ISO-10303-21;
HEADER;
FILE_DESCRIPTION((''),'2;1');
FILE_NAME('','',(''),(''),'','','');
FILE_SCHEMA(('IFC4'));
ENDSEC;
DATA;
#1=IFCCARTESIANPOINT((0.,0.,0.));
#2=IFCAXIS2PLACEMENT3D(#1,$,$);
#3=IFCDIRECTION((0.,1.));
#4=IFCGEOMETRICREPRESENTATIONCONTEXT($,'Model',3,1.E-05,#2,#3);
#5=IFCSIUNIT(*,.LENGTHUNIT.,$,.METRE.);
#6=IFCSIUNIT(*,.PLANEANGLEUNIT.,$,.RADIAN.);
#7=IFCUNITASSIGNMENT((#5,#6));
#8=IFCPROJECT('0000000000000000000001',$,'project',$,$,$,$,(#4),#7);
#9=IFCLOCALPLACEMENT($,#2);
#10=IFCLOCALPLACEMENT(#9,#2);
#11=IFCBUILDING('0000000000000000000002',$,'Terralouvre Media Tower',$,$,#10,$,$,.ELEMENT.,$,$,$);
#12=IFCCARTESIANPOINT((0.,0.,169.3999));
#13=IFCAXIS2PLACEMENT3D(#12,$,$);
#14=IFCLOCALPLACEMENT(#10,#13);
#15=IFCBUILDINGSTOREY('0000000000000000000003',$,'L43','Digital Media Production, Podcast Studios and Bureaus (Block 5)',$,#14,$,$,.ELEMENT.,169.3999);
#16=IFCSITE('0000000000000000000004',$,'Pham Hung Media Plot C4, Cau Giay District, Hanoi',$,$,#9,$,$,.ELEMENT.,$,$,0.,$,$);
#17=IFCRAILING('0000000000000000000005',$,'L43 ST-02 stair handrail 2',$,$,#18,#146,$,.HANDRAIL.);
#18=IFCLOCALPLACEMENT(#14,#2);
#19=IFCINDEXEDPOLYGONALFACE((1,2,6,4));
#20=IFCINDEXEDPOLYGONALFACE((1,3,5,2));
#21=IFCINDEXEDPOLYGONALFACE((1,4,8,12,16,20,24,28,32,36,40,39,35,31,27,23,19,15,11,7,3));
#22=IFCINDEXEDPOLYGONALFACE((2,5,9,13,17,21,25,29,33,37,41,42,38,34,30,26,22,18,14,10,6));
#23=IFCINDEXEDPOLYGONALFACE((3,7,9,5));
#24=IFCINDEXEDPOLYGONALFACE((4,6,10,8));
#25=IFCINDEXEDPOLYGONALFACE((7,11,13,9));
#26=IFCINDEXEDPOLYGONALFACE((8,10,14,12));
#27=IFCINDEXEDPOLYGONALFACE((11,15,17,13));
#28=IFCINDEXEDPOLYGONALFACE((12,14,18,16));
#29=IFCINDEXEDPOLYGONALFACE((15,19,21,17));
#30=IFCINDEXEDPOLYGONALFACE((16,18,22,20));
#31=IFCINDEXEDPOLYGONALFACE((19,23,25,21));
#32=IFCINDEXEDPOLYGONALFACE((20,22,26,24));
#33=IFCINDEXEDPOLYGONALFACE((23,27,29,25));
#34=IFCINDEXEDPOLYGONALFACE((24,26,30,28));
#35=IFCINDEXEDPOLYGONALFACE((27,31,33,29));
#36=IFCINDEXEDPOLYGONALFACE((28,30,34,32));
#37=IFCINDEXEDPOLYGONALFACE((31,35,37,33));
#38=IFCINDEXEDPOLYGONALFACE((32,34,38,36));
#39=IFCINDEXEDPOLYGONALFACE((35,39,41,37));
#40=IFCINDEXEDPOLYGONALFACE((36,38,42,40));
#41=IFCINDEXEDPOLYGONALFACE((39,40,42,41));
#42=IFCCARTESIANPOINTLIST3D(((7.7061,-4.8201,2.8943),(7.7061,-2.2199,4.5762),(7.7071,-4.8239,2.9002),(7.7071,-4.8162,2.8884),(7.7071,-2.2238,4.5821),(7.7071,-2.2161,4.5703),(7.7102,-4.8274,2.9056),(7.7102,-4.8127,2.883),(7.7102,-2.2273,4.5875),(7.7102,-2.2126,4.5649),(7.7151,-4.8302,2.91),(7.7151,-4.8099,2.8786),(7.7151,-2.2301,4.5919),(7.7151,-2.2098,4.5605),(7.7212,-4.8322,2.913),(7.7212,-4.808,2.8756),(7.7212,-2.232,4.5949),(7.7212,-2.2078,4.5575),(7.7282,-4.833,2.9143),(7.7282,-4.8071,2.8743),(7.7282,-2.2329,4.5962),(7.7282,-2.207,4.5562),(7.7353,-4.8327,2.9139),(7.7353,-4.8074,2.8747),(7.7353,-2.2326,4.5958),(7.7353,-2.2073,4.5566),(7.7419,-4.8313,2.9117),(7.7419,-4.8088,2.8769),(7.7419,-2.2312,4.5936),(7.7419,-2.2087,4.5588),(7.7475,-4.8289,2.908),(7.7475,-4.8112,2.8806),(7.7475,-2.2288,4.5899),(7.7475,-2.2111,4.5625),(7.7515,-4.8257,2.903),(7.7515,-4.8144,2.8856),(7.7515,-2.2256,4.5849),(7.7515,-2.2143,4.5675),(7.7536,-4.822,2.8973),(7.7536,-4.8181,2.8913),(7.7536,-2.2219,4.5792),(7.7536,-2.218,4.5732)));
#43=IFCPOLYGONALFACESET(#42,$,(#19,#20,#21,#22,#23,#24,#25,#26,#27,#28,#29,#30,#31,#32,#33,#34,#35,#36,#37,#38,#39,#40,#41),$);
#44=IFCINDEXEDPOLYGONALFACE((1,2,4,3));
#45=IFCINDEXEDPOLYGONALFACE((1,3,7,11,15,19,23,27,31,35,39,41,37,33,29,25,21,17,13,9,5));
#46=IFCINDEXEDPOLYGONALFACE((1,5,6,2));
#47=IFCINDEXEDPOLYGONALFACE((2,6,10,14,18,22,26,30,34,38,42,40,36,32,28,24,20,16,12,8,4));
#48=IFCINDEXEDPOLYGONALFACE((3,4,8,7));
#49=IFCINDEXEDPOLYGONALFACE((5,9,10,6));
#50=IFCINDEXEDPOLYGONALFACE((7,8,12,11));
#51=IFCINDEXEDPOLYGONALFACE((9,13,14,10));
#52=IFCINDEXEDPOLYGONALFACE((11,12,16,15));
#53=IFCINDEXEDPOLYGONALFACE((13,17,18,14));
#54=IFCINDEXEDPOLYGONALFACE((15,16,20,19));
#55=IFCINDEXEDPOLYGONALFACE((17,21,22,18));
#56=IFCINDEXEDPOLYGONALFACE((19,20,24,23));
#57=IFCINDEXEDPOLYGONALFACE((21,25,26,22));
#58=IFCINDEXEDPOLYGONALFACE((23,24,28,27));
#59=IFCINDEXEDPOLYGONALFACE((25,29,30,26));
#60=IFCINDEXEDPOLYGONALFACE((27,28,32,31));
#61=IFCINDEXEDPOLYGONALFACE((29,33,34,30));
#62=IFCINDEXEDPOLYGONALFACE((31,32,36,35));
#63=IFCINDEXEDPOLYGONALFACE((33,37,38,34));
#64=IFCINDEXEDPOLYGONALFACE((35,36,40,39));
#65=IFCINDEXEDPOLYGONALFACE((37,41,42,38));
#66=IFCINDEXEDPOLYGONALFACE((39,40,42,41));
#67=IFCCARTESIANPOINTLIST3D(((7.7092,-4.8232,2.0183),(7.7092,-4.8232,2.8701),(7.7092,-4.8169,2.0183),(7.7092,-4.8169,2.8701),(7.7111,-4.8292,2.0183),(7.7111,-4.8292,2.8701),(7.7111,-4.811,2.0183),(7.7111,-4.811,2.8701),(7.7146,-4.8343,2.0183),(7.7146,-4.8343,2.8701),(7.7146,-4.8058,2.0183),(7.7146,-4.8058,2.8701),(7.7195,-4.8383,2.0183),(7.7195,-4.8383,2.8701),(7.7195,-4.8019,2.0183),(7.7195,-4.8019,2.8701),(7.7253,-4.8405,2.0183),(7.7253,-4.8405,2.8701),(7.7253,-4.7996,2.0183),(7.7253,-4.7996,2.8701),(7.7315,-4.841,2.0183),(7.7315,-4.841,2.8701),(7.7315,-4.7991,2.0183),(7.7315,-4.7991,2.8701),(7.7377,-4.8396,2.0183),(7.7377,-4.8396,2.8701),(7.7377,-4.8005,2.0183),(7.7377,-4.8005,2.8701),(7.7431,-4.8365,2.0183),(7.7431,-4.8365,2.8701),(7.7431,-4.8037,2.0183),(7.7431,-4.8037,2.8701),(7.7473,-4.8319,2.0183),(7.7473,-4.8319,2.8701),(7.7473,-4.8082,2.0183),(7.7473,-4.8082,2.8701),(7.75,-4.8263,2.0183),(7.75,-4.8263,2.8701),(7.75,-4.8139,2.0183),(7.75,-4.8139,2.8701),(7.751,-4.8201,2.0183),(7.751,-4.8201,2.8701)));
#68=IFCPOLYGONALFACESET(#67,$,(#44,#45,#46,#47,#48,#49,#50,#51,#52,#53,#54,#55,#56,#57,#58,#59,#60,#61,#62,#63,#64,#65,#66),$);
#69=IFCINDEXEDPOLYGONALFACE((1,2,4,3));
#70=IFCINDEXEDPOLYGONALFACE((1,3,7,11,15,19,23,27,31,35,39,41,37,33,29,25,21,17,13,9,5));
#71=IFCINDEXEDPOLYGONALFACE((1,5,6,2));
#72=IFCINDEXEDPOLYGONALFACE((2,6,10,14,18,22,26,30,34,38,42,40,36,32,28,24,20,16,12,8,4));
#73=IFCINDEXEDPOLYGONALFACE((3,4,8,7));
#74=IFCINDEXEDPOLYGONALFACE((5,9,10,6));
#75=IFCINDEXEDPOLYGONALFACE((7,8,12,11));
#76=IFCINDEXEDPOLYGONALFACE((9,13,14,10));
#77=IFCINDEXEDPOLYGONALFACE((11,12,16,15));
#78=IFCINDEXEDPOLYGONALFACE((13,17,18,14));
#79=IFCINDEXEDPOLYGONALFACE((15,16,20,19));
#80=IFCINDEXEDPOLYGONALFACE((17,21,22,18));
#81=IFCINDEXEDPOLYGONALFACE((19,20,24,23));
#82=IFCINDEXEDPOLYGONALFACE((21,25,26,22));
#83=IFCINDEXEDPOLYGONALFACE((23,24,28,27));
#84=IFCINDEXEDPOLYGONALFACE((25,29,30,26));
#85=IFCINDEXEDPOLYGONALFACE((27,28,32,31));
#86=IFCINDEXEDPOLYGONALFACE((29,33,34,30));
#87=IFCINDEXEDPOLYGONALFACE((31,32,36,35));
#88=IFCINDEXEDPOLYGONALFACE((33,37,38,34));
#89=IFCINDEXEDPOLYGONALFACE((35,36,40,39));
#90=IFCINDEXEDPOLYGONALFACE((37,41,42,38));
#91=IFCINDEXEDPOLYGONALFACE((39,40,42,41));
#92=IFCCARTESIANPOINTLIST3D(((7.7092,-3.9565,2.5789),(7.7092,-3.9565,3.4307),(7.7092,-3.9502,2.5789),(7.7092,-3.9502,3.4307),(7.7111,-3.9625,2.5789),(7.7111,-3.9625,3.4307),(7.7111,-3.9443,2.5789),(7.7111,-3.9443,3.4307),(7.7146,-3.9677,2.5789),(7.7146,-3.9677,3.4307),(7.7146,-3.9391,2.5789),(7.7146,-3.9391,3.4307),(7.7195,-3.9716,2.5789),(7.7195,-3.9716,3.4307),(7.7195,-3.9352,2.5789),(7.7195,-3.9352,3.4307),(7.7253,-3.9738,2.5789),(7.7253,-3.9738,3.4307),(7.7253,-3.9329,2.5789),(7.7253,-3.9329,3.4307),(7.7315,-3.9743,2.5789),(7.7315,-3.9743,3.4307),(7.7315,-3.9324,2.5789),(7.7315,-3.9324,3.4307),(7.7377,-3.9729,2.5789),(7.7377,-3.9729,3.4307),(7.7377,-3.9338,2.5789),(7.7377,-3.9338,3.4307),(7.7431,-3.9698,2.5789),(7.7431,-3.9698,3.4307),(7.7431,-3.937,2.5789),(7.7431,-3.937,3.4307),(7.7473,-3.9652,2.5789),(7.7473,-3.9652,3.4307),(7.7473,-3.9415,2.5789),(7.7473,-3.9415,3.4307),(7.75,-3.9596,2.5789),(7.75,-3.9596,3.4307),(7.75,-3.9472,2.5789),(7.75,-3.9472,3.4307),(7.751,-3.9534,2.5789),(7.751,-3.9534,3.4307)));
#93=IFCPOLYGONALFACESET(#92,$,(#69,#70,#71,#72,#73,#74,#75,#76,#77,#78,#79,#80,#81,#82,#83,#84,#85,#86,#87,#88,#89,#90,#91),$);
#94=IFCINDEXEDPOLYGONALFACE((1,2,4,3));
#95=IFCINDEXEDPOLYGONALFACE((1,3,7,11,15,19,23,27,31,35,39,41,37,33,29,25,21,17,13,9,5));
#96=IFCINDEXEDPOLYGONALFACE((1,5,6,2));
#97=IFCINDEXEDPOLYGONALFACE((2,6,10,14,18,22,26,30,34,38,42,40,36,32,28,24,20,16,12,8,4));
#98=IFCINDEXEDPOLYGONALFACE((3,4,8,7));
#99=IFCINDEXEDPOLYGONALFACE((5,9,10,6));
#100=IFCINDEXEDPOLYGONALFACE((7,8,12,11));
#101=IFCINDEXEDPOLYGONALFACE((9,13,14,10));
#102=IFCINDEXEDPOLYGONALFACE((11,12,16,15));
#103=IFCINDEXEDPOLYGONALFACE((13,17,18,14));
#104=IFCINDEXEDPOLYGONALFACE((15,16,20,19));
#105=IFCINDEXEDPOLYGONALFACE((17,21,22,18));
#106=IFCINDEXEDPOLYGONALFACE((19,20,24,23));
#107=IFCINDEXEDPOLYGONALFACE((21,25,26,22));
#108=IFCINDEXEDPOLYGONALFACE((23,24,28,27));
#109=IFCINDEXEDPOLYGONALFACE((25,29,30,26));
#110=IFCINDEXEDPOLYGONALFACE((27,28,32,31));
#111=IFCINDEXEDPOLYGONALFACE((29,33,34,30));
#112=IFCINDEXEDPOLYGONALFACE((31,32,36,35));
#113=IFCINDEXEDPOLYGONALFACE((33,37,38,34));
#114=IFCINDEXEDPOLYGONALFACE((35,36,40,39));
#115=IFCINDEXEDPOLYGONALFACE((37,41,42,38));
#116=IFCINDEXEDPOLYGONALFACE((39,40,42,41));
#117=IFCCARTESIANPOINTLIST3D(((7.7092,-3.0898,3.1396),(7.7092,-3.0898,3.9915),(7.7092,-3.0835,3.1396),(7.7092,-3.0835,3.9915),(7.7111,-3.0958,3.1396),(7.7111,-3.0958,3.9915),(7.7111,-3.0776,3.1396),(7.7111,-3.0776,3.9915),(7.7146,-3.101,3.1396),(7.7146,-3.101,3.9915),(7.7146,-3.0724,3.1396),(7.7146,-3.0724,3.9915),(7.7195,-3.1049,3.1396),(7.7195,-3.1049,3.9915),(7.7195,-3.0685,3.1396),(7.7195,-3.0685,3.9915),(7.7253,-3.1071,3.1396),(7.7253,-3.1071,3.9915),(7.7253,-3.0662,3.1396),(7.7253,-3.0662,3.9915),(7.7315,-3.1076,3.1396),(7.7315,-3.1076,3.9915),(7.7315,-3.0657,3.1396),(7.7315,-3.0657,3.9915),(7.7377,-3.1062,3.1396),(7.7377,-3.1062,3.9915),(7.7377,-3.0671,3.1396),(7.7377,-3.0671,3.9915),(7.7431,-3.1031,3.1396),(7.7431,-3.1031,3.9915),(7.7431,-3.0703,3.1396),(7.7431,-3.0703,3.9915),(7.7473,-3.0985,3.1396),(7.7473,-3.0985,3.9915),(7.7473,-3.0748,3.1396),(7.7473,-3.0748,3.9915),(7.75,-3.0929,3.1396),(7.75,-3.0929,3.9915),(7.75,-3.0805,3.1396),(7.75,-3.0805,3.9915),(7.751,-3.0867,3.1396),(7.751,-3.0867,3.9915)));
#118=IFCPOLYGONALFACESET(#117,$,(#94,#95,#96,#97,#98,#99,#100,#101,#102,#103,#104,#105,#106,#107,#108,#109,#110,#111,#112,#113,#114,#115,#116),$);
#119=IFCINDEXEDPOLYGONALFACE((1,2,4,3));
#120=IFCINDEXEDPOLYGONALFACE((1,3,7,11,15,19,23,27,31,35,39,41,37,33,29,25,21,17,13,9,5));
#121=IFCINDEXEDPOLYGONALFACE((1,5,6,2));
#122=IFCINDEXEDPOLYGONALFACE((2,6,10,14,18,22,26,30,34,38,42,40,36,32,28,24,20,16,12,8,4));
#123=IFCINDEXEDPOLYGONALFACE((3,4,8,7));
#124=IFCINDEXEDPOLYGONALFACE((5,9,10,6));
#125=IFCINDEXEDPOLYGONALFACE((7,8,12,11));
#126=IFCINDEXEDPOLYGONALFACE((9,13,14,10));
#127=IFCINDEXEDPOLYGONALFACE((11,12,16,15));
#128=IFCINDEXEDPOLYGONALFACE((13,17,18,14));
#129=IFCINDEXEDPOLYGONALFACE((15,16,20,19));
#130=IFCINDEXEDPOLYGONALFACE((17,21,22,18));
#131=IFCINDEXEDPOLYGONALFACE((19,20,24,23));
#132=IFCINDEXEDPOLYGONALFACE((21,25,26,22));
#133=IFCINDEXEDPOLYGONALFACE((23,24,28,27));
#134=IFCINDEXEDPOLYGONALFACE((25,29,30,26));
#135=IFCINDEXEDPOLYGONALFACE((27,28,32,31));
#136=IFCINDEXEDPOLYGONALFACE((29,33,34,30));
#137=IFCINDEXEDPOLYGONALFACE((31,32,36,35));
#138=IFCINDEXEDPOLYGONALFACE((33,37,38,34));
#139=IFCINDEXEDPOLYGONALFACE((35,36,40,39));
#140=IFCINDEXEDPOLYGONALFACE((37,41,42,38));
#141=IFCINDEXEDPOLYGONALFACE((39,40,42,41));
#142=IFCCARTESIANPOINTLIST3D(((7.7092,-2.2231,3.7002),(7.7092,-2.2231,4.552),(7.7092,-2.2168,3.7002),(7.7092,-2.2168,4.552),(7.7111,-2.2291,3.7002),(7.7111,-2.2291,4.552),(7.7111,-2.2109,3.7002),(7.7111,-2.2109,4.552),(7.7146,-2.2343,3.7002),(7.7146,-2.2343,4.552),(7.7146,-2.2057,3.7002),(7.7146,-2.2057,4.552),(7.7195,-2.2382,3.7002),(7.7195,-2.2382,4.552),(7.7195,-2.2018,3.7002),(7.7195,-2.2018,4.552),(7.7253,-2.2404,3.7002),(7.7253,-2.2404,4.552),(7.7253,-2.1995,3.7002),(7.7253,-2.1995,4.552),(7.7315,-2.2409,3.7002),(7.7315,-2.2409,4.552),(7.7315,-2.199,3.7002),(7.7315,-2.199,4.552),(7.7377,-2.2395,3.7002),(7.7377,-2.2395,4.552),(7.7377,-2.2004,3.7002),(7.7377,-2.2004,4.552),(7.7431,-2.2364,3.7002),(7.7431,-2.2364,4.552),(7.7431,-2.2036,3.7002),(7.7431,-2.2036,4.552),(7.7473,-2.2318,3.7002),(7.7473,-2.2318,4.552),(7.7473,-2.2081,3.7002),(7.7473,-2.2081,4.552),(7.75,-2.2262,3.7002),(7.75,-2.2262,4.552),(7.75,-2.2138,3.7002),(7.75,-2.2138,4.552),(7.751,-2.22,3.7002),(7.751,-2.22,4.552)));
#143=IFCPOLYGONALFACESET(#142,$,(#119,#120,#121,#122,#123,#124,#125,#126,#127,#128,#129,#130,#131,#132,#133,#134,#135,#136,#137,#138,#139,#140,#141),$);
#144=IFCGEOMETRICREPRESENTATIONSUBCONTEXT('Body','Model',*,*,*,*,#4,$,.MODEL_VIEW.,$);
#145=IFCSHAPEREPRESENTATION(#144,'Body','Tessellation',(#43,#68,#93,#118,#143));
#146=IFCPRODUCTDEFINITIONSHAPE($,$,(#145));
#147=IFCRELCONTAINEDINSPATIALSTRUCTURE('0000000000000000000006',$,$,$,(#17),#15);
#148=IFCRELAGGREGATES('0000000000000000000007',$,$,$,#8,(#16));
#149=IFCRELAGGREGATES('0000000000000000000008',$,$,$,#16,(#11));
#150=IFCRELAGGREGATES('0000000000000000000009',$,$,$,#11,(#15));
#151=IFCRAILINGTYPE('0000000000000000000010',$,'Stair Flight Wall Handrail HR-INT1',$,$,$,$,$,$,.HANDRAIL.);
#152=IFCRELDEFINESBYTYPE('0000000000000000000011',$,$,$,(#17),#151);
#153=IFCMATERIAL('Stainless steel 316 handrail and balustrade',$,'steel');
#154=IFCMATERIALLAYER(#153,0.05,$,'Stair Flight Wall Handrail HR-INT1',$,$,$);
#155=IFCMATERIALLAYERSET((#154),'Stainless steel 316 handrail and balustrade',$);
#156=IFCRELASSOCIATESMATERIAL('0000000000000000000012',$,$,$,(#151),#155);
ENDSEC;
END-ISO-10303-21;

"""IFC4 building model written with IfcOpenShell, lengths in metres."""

from ifc_helpers import new_model, si_unit, direction, frame, origin, origin_2d, place, context, subcontext, project, spatial, circle, extrude, material, layer, layer_set, type_object, element, save


model = new_model("IFC4")

# Units and contexts
model_context = context("Model", 3, precision=1e-05, world=origin(), true_north=direction((0.0, 1.0)))
body_context = subcontext(model_context, "Body", "Model", "MODEL_VIEW")
ifc_project = project(units=[si_unit("LENGTHUNIT", "METRE"), si_unit("PLANEANGLEUNIT", "RADIAN")], contexts=[model_context])

# Site, building, storey
site_placement = place(None, origin())
site = spatial("IfcSite", under=ifc_project, at=site_placement, Name="Pham Hung Media Plot C4, Cau Giay District, Hanoi", CompositionType="ELEMENT", RefElevation=0.0)
building_placement = place(site_placement, origin())
building = spatial("IfcBuilding", under=site, at=building_placement, Name="Terralouvre Media Tower", CompositionType="ELEMENT")
storey_placement = place(building_placement, frame((0.0, 0.0, 169.3999)))
storey = spatial("IfcBuildingStorey", under=building, at=storey_placement, Name="L43", Description="Digital Media Production, Podcast Studios and Bureaus (Block 5)", CompositionType="ELEMENT", Elevation=169.3999)

# Railing
ifc_material_1 = material(Name="Stainless steel 316 handrail and balustrade", Category="steel")
ifc_layer_1 = layer(ifc_material_1, 0.05, Name="Stair Flight Wall Handrail HR-INT1")
ifc_layer_set_1 = layer_set([ifc_layer_1], Name="Stainless steel 316 handrail and balustrade")
railing_type_1 = type_object("IfcRailingType", Name="Stair Flight Wall Handrail HR-INT1", PredefinedType="HANDRAIL", material=ifc_layer_set_1)
railing_1_placement = place(storey_placement, frame((7.73, -4.8201, 2.0183)))
element("IfcRailing", 1, at=railing_1_placement, inside=storey, type_object=railing_type_1, Name="L43 ST-02 stair handrail 2", PredefinedType="HANDRAIL", context=body_context, shape_type="SweptSolid", body=[
    extrude(circle(Radius=0.0239, at=origin_2d()), frame((0.0, 0.0, 0.876), z_axis=(0.0, 0.839648, 0.54313), x_axis=(-1.0, 0.0, 0.0)), (0.0, 0.0, 1.0), 3.0967),
    extrude(circle(Radius=0.021, at=origin_2d()), origin(), (0.0, 0.0, 1.0), 0.8518),
    extrude(circle(Radius=0.021, at=origin_2d()), frame((0.0, 0.8667, 0.5605)), (0.0, 0.0, 1.0), 0.8518),
    extrude(circle(Radius=0.021, at=origin_2d()), frame((0.0, 1.7334, 1.1213)), (0.0, 0.0, 1.0), 0.8518),
    extrude(circle(Radius=0.021, at=origin_2d()), frame((0.0, 2.6001, 1.6819)), (0.0, 0.0, 1.0), 0.8518),
])

save(model, "model.ifc")
